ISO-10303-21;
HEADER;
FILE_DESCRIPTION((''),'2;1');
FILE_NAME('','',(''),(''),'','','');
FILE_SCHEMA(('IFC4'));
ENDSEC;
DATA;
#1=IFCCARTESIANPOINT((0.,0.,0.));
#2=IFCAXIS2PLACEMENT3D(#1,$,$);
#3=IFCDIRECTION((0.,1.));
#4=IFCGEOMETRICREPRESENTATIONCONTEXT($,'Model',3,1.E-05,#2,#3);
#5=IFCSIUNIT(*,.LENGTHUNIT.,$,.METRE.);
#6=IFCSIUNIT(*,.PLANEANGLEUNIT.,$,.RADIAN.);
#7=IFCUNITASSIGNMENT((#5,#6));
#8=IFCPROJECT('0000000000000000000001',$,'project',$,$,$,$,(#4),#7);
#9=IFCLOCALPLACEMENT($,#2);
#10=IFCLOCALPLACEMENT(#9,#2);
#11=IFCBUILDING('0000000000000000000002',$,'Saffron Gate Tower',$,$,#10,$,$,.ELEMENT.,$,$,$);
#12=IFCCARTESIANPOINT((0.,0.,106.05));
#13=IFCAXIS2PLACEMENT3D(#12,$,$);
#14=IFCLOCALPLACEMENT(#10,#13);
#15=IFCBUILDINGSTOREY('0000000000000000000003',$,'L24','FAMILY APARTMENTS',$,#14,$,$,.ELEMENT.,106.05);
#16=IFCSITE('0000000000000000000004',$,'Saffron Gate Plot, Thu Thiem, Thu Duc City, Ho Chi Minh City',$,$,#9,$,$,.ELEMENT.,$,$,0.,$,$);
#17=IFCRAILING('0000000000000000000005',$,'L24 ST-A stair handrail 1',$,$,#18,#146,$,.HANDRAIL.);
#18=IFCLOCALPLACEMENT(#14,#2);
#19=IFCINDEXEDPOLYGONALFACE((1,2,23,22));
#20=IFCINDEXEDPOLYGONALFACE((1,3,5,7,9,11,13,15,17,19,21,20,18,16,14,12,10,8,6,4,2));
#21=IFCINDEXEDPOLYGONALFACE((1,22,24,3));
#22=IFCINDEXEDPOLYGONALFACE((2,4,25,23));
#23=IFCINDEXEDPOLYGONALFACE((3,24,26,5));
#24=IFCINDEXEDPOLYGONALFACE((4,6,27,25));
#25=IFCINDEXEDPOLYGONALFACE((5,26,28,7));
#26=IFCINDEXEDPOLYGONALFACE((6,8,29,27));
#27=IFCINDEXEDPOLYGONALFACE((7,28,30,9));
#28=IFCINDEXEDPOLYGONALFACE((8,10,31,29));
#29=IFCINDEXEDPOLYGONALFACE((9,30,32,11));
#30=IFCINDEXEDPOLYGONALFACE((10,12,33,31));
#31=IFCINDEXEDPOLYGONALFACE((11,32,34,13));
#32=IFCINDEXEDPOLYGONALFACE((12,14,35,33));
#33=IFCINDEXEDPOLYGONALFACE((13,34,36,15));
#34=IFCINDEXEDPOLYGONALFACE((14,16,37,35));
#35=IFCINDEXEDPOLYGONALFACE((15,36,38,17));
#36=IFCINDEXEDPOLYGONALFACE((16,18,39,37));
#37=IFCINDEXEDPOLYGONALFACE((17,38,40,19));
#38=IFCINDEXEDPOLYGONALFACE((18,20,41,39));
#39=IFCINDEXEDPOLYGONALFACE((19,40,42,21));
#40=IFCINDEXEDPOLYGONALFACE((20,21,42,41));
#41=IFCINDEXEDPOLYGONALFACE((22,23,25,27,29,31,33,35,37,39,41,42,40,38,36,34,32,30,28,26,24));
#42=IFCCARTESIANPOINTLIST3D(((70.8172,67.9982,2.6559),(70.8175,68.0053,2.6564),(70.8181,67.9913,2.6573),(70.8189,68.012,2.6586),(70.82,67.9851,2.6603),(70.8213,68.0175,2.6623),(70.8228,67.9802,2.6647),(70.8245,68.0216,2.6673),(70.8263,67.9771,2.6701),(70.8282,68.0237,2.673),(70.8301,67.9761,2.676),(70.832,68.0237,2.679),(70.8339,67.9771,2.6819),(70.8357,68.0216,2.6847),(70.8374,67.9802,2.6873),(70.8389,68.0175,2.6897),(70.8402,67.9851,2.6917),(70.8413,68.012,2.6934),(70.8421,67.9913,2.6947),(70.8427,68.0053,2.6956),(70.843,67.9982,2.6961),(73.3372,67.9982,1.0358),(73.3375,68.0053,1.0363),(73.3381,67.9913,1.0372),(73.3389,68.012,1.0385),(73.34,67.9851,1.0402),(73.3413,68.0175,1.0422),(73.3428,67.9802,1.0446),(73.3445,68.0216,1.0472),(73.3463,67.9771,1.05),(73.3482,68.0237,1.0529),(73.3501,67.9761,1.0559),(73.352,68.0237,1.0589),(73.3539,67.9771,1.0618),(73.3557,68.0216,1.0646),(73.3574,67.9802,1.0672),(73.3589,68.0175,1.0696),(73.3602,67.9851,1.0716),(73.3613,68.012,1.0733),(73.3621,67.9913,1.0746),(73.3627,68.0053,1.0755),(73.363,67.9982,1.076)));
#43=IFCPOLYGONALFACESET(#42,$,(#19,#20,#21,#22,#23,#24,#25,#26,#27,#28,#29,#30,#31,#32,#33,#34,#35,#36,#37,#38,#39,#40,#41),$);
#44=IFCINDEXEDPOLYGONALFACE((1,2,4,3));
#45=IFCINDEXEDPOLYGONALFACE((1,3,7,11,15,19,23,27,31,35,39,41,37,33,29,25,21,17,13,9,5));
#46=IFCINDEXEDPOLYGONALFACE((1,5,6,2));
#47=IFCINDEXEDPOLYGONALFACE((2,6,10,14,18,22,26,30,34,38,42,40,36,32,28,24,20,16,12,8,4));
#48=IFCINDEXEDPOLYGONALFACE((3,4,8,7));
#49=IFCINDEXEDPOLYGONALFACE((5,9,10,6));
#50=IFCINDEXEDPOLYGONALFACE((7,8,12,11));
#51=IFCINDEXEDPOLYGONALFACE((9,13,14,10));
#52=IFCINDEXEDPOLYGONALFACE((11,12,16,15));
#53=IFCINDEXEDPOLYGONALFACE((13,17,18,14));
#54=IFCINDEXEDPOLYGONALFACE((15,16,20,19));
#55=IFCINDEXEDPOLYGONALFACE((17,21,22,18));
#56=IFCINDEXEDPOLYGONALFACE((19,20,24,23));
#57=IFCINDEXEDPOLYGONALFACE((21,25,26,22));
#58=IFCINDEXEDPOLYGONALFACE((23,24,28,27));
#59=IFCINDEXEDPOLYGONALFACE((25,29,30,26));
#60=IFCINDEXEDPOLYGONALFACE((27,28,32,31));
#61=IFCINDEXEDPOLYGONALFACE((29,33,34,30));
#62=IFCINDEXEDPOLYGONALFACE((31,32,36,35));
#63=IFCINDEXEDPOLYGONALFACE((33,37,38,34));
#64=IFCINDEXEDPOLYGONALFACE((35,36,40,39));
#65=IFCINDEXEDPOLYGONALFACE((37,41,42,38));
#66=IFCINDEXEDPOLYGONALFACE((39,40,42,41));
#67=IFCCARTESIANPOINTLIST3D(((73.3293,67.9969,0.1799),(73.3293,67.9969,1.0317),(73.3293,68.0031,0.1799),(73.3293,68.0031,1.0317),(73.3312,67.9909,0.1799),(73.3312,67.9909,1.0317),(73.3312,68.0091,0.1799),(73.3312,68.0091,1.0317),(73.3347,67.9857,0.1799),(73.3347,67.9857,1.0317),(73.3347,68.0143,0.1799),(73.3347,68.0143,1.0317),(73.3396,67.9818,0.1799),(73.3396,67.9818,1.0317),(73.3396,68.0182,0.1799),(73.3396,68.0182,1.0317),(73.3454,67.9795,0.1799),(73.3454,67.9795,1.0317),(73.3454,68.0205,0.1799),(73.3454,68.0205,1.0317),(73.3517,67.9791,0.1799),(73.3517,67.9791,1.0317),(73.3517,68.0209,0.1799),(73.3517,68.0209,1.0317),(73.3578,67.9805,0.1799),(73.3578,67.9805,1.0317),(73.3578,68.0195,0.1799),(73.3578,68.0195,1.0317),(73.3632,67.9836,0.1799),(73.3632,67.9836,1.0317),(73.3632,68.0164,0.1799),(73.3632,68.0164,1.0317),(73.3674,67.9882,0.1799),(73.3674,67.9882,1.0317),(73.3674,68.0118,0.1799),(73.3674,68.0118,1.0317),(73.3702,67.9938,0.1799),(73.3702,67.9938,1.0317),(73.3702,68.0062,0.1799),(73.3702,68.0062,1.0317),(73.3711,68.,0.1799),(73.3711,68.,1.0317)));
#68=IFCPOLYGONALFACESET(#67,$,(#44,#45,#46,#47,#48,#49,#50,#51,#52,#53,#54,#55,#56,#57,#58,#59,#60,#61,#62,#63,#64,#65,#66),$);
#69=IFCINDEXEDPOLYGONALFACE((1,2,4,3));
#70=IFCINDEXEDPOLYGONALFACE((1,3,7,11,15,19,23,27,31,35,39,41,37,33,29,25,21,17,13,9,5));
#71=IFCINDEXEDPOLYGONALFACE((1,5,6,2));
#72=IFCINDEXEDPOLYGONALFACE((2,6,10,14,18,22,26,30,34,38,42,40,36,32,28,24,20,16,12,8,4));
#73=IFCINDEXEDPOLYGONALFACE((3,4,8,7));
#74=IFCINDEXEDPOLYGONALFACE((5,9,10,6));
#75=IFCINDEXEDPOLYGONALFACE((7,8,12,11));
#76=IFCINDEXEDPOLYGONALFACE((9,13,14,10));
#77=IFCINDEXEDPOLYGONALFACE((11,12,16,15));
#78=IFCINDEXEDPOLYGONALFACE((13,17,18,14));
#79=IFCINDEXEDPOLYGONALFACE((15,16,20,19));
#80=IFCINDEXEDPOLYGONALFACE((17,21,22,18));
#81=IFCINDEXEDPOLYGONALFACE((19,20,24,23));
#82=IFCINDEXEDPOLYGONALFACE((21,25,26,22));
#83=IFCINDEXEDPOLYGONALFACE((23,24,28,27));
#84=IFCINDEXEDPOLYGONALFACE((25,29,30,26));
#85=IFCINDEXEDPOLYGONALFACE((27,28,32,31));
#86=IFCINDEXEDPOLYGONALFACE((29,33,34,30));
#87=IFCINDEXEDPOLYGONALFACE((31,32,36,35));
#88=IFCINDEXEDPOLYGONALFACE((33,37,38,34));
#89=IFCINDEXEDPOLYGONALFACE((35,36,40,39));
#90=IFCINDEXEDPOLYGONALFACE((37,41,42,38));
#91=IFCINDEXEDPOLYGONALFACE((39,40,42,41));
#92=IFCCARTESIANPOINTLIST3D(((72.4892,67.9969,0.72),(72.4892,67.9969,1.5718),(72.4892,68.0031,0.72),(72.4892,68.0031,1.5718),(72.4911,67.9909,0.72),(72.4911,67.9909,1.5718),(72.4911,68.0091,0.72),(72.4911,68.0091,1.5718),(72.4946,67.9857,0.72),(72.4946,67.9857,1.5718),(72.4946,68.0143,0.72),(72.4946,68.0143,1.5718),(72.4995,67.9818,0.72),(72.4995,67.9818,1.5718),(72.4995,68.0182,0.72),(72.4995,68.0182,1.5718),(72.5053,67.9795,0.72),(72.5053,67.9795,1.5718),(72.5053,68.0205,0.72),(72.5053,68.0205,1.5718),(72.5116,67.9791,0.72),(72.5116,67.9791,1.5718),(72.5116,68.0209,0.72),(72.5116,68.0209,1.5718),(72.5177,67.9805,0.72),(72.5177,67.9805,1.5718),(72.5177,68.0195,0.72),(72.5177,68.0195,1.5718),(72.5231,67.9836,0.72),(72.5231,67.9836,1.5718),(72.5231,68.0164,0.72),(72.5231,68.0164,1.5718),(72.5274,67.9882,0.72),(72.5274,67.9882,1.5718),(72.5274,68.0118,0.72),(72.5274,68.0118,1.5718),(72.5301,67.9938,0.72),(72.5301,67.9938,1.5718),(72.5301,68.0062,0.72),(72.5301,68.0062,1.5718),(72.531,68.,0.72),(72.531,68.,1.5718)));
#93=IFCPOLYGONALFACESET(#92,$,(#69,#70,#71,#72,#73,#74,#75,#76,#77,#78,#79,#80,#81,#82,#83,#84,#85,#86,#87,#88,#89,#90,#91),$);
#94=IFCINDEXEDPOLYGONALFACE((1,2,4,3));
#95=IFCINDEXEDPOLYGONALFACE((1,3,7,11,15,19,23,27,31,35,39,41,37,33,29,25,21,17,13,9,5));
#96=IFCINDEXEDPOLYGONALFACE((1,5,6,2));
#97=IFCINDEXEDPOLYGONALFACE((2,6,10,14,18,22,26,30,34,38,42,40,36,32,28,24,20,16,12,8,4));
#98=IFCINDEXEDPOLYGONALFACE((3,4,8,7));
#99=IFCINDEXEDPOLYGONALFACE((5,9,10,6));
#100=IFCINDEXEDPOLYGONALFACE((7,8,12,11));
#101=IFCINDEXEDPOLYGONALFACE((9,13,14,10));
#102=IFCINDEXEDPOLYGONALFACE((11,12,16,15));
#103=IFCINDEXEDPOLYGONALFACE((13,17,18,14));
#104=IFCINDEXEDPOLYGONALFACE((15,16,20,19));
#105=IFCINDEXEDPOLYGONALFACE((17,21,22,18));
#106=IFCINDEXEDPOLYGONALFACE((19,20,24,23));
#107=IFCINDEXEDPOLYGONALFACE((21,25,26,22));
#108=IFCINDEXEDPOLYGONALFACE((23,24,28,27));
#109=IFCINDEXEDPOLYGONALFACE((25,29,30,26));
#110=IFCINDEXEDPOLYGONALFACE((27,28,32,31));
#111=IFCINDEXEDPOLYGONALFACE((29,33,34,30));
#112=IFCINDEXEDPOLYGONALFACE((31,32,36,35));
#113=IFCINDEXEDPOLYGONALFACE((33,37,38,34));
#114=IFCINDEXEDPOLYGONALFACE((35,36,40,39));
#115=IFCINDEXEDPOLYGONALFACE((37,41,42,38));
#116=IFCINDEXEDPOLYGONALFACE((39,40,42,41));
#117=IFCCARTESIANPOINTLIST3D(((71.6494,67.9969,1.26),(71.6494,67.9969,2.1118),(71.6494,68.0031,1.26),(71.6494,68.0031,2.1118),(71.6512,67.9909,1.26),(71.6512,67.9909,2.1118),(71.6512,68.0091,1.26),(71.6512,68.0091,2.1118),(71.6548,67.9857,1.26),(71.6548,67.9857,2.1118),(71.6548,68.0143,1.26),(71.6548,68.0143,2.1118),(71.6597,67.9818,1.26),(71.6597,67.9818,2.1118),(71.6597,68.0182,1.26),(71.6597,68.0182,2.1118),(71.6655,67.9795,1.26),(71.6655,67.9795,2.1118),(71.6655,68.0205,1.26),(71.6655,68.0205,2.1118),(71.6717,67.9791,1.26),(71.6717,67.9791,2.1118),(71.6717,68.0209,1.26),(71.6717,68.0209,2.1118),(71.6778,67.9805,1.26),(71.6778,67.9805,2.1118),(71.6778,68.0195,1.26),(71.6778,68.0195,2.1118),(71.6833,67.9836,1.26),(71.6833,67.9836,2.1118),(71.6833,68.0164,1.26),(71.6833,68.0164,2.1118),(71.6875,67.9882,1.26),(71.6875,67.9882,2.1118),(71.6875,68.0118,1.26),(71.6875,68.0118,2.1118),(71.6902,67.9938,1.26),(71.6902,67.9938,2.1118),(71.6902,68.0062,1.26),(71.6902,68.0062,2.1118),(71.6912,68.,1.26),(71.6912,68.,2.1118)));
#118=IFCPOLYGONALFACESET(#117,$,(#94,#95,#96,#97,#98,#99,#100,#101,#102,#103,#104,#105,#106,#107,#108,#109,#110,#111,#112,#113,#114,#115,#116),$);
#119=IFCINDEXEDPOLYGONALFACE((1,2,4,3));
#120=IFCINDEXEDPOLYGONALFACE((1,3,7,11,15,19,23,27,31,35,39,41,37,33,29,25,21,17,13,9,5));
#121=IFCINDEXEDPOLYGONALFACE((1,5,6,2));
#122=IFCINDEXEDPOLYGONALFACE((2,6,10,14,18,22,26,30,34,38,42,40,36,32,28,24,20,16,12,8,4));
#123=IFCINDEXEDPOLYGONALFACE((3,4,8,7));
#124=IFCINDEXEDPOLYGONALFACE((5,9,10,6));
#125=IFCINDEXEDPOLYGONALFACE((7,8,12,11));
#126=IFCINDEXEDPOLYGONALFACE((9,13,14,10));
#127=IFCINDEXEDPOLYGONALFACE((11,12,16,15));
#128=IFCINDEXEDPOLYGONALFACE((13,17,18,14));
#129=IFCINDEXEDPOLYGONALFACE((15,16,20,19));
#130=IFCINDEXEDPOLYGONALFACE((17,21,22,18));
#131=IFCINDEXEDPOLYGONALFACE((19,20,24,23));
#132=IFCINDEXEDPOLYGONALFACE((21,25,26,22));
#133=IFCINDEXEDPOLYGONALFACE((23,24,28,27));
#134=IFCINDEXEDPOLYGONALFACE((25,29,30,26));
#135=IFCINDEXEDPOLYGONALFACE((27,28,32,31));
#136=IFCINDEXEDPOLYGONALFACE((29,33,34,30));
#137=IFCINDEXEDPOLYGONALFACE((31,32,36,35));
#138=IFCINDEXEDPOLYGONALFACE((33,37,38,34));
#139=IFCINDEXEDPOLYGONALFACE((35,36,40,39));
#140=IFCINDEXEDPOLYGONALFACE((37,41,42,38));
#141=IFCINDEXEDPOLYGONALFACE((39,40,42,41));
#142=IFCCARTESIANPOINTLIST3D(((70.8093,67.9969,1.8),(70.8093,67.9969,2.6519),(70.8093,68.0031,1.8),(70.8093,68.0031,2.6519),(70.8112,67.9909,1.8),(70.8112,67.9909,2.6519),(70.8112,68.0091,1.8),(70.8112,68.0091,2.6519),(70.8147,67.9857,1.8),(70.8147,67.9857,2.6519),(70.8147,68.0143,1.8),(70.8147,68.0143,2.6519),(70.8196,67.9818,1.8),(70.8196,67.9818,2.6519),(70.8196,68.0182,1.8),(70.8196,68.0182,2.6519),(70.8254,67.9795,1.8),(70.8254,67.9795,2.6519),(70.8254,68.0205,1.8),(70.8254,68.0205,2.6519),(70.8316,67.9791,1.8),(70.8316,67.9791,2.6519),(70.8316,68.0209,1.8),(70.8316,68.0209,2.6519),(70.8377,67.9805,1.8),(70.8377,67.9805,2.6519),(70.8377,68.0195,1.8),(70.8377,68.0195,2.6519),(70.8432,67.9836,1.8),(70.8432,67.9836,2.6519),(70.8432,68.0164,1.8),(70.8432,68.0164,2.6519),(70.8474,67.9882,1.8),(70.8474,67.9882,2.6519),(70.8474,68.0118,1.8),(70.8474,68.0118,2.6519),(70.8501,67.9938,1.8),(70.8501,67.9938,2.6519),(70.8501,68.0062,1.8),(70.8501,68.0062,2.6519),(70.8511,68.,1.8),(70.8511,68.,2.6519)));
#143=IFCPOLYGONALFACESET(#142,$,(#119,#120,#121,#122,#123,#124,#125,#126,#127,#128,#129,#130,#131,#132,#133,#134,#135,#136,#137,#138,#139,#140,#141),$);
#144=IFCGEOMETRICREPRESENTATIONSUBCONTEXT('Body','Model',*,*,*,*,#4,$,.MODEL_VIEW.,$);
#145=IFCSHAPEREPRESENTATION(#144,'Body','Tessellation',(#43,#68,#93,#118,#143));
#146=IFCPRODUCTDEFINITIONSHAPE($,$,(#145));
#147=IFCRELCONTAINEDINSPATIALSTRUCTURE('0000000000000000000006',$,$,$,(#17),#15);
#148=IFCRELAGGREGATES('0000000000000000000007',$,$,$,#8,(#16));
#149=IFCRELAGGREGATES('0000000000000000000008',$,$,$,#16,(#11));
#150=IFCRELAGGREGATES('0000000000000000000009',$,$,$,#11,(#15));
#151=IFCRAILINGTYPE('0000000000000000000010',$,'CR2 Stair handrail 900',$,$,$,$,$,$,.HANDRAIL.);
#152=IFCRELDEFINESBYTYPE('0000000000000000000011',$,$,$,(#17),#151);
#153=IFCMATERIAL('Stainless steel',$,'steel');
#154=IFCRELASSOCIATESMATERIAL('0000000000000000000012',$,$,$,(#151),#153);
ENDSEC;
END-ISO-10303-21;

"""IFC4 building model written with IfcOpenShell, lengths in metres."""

from ifc_helpers import new_model, si_unit, direction, frame, origin, origin_2d, place, context, subcontext, project, spatial, circle, extrude, material, type_object, element, save


model = new_model("IFC4")

# Units and contexts
model_context = context("Model", 3, precision=1e-05, world=origin(), true_north=direction((0.0, 1.0)))
body_context = subcontext(model_context, "Body", "Model", "MODEL_VIEW")
ifc_project = project(units=[si_unit("LENGTHUNIT", "METRE"), si_unit("PLANEANGLEUNIT", "RADIAN")], contexts=[model_context])

# Site, building, storey
site_placement = place(None, origin())
site = spatial("IfcSite", under=ifc_project, at=site_placement, Name="Saffron Gate Plot, Thu Thiem, Thu Duc City, Ho Chi Minh City", CompositionType="ELEMENT", RefElevation=0.0)
building_placement = place(site_placement, origin())
building = spatial("IfcBuilding", under=site, at=building_placement, Name="Saffron Gate Tower", CompositionType="ELEMENT")
storey_placement = place(building_placement, frame((0.0, 0.0, 106.05)))
storey = spatial("IfcBuildingStorey", under=building, at=storey_placement, Name="L24", Description="FAMILY APARTMENTS", CompositionType="ELEMENT", Elevation=106.05)

# Railing
ifc_material_1 = material(Name="Stainless steel", Category="steel")
railing_type_1 = type_object("IfcRailingType", Name="CR2 Stair handrail 900", PredefinedType="HANDRAIL", material=ifc_material_1)
railing_1_placement = place(storey_placement, frame((73.3501, 68.0, 0.1799)))
element("IfcRailing", 1, at=railing_1_placement, inside=storey, type_object=railing_type_1, Name="L24 ST-A stair handrail 1", PredefinedType="HANDRAIL", context=body_context, shape_type="SweptSolid", body=[
    extrude(circle(Radius=0.0239, at=origin_2d()), frame((0.0, 0.0, 0.876), z_axis=(-0.841163, 0.0, 0.540782), x_axis=(0.0, -1.0, 0.0)), (0.0, 0.0, 1.0), 2.9958),
    extrude(circle(Radius=0.021, at=origin_2d()), origin(), (0.0, 0.0, 1.0), 0.8518),
    extrude(circle(Radius=0.021, at=origin_2d()), frame((-0.8401, 0.0, 0.54)), (0.0, 0.0, 1.0), 0.8518),
    extrude(circle(Radius=0.021, at=origin_2d()), frame((-1.6799, 0.0, 1.0801)), (0.0, 0.0, 1.0), 0.8518),
    extrude(circle(Radius=0.021, at=origin_2d()), frame((-2.52, 0.0, 1.6201)), (0.0, 0.0, 1.0), 0.8518),
])

save(model, "model.ifc")
